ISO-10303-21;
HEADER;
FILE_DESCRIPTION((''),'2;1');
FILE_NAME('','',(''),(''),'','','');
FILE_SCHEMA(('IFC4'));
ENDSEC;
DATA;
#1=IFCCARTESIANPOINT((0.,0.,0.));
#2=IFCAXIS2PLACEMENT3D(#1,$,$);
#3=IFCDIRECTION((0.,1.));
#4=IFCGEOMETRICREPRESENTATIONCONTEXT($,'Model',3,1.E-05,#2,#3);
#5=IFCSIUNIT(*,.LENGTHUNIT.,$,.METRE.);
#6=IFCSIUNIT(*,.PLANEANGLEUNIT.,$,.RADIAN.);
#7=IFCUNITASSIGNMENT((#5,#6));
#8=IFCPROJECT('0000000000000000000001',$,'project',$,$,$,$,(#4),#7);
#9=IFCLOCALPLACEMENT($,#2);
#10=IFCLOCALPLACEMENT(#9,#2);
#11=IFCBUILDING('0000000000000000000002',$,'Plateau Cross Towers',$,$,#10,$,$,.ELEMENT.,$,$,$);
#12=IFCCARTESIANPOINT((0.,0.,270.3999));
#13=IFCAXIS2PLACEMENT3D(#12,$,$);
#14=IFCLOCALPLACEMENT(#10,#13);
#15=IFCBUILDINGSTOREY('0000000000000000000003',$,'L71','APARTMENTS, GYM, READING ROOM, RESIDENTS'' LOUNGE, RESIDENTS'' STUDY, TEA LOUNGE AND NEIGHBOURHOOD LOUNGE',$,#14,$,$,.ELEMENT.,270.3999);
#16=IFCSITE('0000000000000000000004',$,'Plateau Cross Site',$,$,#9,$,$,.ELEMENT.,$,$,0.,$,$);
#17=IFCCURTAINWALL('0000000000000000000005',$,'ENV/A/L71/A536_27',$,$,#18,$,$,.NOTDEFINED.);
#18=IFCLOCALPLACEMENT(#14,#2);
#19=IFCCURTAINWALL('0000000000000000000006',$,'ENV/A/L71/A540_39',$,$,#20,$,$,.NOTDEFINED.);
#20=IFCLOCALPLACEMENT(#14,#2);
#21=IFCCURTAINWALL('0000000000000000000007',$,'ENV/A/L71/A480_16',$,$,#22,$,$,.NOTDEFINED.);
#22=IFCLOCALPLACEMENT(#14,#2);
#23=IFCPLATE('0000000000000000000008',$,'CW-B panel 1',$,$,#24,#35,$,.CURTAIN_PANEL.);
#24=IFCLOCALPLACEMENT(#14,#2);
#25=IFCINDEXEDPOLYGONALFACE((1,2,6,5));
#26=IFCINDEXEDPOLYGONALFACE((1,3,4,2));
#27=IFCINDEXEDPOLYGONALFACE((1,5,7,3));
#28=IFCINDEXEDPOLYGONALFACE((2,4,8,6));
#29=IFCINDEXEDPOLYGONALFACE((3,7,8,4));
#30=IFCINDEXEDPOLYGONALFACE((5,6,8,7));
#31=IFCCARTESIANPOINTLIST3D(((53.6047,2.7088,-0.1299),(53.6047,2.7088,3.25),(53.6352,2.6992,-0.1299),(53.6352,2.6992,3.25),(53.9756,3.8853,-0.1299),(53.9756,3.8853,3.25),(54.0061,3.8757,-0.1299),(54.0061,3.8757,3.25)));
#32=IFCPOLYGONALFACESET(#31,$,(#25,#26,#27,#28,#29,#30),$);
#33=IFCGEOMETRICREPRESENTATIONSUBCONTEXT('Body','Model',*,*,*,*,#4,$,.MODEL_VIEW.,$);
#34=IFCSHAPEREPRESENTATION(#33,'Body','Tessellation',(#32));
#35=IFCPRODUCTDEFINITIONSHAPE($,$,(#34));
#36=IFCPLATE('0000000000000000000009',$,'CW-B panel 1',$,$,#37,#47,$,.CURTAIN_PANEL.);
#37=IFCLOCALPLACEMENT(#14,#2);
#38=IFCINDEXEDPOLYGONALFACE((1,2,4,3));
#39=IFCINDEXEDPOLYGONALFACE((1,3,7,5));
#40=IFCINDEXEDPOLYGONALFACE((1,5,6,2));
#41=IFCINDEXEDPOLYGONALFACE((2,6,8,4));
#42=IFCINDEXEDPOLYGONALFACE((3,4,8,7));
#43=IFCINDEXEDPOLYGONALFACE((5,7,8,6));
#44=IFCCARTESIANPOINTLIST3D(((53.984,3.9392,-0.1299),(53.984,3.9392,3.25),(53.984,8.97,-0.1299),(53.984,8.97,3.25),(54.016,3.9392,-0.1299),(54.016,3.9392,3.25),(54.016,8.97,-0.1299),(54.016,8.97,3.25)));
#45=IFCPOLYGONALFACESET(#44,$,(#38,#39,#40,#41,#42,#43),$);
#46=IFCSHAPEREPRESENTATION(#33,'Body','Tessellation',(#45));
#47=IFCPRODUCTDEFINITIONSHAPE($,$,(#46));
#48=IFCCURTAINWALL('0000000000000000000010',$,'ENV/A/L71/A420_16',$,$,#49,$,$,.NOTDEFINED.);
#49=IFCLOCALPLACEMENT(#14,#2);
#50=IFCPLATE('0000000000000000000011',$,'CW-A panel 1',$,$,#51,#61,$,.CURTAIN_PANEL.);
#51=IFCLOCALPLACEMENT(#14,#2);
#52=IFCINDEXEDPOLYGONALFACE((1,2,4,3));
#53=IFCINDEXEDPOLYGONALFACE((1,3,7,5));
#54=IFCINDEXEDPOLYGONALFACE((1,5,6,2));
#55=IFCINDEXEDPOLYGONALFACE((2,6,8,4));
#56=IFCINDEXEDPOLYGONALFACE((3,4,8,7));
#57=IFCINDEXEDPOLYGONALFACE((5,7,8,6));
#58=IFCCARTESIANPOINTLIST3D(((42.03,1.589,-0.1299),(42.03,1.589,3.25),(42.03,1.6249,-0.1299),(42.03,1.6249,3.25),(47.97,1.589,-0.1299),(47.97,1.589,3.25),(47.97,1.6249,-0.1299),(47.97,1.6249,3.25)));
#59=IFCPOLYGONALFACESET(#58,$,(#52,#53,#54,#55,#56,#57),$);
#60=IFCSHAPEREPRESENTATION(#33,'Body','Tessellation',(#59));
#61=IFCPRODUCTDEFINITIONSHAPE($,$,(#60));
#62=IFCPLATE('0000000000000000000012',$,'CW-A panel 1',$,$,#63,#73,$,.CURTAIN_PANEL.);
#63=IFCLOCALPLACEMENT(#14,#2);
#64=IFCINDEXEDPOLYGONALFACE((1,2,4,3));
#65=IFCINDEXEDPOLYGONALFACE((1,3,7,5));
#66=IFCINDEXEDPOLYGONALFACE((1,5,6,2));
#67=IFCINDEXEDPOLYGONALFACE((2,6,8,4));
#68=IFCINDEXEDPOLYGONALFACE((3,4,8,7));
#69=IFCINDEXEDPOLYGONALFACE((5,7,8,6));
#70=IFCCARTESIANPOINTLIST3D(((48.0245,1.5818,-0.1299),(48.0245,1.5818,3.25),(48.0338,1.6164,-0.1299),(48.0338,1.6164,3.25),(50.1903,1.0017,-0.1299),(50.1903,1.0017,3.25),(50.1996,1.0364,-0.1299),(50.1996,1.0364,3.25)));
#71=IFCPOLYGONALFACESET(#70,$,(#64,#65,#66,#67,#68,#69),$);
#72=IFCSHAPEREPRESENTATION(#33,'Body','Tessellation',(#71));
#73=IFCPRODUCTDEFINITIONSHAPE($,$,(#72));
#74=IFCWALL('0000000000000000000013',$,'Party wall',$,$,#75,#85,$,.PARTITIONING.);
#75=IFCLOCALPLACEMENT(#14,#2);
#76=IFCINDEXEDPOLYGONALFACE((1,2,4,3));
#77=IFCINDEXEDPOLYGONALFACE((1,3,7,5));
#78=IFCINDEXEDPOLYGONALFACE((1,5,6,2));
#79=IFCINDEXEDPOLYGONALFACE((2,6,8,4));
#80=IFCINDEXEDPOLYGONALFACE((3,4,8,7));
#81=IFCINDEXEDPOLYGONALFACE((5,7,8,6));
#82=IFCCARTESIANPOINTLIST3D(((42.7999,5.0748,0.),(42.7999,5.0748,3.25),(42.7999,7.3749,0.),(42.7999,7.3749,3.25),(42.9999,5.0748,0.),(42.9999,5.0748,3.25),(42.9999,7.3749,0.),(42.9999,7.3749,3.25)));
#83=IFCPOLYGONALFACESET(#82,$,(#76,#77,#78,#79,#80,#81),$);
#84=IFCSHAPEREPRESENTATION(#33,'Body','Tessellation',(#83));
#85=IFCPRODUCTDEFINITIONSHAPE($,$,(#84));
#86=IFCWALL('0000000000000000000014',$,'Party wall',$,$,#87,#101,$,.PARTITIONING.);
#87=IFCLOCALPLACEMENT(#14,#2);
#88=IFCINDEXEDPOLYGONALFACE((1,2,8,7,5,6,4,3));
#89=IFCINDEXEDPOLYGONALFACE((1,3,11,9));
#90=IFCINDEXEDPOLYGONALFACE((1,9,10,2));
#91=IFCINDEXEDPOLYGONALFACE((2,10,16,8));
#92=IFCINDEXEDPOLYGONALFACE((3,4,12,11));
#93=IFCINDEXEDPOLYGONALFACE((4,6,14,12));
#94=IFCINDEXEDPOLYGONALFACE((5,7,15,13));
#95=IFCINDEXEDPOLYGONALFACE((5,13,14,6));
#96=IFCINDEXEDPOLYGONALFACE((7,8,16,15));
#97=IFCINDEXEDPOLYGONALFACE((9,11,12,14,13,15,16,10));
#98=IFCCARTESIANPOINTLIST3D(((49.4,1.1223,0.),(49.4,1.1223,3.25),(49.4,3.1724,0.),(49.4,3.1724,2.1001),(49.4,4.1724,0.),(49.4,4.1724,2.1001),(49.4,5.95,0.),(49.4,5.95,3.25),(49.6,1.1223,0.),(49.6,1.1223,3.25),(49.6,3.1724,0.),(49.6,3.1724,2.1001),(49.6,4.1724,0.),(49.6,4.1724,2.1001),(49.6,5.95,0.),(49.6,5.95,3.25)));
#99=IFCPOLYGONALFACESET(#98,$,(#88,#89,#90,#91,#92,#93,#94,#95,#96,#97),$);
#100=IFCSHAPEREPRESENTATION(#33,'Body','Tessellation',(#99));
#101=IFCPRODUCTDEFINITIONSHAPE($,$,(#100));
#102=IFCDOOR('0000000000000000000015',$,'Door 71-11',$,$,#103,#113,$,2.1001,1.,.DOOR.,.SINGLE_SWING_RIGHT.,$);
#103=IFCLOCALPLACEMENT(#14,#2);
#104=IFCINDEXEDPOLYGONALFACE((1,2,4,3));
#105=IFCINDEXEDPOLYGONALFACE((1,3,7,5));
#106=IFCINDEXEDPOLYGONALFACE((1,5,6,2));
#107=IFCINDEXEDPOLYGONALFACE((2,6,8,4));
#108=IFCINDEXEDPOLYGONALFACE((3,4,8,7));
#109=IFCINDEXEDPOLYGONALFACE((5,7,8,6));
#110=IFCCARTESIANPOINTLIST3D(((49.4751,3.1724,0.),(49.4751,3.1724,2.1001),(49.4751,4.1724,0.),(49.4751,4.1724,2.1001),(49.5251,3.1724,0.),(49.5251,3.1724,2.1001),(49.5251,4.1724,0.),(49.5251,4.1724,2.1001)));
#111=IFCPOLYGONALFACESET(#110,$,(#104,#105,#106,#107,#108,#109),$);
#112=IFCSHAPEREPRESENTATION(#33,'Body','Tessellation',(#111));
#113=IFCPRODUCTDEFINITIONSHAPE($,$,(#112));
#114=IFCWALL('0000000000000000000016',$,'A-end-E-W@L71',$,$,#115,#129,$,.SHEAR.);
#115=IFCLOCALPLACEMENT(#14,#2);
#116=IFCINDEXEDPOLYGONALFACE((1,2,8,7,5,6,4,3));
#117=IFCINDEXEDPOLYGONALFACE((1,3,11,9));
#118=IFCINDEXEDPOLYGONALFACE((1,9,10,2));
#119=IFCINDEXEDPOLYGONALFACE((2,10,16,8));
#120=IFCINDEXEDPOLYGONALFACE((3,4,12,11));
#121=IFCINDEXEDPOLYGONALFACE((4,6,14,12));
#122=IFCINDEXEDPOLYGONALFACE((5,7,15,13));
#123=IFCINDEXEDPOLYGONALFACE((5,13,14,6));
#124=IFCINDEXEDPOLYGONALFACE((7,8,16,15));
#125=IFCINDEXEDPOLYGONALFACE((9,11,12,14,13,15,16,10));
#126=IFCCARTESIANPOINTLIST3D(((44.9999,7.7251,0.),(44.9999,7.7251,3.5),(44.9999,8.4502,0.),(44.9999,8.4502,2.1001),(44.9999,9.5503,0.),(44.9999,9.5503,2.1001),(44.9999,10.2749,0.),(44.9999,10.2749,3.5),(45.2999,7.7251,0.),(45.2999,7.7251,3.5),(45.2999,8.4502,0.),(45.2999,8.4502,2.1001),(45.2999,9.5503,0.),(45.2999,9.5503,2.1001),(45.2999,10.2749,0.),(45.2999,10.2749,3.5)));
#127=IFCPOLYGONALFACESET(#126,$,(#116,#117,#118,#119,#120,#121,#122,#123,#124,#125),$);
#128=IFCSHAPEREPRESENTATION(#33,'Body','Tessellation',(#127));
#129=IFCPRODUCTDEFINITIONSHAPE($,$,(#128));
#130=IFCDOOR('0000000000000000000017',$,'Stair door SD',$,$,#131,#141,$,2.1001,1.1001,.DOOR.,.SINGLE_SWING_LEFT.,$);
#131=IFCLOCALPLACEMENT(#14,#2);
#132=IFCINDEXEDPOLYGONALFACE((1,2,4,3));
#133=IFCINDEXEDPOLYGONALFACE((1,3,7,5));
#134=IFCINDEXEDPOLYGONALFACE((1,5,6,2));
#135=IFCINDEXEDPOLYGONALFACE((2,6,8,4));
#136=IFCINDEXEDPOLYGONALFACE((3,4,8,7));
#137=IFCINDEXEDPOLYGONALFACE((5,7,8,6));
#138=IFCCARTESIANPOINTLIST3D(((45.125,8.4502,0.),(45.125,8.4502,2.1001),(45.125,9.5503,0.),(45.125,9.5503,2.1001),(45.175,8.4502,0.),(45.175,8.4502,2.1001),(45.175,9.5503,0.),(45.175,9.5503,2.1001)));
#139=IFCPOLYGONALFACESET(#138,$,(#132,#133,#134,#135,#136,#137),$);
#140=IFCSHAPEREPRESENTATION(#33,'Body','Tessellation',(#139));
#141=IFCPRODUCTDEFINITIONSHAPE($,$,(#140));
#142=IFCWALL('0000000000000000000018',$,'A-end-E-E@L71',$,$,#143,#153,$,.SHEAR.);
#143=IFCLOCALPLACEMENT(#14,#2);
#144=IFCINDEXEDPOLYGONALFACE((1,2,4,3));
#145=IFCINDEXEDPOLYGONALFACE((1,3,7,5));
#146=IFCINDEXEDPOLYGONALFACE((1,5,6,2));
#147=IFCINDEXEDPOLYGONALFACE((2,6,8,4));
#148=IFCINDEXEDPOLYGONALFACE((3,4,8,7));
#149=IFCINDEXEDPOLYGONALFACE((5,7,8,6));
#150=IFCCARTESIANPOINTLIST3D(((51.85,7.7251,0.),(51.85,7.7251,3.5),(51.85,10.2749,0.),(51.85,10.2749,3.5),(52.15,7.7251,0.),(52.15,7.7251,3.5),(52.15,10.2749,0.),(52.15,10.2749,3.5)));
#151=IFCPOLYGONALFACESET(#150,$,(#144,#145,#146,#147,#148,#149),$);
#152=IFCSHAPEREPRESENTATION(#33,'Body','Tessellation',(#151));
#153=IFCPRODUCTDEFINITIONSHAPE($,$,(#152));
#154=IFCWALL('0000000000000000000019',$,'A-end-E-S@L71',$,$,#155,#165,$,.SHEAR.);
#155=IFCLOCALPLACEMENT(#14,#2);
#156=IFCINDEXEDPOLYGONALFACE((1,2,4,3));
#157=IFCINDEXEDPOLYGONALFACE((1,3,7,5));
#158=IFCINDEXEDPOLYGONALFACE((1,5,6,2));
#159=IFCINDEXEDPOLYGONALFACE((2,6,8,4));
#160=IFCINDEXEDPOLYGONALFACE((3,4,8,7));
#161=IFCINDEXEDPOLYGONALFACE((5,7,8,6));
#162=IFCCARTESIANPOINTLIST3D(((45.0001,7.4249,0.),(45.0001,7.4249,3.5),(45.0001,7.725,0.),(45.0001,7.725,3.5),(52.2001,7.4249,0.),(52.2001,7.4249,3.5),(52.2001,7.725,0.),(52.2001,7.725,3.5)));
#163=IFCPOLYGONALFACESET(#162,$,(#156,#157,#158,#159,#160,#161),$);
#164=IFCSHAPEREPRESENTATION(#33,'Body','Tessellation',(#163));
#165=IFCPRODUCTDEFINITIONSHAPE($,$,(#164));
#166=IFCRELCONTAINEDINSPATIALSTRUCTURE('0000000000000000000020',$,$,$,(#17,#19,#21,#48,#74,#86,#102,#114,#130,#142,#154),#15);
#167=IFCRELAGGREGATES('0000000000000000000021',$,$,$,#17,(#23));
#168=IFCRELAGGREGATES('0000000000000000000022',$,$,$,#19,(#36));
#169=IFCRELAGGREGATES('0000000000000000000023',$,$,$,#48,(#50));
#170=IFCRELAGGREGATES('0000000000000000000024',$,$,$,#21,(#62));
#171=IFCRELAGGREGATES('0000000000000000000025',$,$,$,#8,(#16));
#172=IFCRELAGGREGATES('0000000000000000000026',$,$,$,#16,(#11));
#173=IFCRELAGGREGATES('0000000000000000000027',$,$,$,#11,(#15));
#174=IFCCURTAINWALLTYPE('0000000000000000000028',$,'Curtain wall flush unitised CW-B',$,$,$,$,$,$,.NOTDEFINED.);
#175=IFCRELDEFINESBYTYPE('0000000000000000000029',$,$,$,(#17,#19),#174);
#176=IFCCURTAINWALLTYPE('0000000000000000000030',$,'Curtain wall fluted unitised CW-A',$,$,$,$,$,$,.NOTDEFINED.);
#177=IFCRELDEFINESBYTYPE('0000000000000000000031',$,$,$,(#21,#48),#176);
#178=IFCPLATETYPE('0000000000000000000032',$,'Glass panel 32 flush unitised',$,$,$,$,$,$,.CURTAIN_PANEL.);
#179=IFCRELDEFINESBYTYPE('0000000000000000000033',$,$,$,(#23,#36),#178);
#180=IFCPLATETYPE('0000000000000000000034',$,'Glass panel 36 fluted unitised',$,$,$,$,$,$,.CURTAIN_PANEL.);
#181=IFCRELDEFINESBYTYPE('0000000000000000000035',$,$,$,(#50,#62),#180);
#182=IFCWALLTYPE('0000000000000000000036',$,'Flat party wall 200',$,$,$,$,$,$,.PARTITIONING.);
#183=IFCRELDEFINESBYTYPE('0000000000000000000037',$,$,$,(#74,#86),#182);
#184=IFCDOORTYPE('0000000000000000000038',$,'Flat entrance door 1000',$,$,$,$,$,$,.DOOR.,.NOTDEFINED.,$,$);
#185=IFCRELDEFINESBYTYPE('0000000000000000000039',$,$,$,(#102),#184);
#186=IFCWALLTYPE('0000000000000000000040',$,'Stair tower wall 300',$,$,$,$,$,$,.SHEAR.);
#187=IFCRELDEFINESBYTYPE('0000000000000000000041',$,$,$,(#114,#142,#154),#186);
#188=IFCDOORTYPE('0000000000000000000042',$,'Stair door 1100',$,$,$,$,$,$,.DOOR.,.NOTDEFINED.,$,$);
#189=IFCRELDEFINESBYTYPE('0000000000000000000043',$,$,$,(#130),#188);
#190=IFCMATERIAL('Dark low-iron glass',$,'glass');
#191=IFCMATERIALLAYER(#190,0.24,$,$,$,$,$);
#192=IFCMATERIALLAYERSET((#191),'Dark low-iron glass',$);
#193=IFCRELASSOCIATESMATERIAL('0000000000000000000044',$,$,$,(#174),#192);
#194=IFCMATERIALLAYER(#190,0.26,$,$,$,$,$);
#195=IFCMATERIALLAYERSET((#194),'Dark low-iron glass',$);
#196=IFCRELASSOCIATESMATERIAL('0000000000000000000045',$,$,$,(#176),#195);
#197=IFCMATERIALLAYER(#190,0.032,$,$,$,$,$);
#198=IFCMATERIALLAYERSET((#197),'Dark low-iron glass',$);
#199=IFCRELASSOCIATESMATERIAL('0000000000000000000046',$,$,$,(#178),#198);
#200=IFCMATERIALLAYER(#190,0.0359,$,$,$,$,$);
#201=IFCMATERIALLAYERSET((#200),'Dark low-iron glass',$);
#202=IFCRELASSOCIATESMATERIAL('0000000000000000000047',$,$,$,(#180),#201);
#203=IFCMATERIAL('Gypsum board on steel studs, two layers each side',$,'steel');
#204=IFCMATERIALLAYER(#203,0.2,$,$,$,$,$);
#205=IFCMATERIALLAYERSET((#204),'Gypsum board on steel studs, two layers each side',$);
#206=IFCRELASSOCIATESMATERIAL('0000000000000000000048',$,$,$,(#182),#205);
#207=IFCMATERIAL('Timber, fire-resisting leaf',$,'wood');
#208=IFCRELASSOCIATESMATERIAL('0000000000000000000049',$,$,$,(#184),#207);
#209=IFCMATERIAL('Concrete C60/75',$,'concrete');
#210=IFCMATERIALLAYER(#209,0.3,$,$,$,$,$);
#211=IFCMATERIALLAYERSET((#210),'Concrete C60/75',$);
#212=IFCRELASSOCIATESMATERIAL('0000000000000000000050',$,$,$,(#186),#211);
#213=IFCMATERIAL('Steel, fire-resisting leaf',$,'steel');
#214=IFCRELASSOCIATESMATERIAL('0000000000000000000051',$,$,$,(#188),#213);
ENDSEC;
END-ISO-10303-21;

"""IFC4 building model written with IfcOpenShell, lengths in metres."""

from ifc_helpers import new_model, si_unit, direction, frame, frame_2d, origin, origin_2d, place, context, subcontext, project, spatial, rectangle, extrude, material, layer, layer_set, type_object, element, fill, aggregate, save


model = new_model("IFC4")

# Units and contexts
model_context = context("Model", 3, precision=1e-05, world=origin(), true_north=direction((0.0, 1.0)))
body_context = subcontext(model_context, "Body", "Model", "MODEL_VIEW")
ifc_project = project(units=[si_unit("LENGTHUNIT", "METRE"), si_unit("PLANEANGLEUNIT", "RADIAN")], contexts=[model_context])

# Site, building, storey
site_placement = place(None, origin())
site = spatial("IfcSite", under=ifc_project, at=site_placement, Name="Plateau Cross Site", CompositionType="ELEMENT", RefElevation=0.0)
building_placement = place(site_placement, origin())
building = spatial("IfcBuilding", under=site, at=building_placement, Name="Plateau Cross Towers", CompositionType="ELEMENT")
storey_placement = place(building_placement, frame((0.0, 0.0, 270.3999)))
storey = spatial("IfcBuildingStorey", under=building, at=storey_placement, Name="L71", Description="APARTMENTS, GYM, READING ROOM, RESIDENTS' LOUNGE, RESIDENTS' STUDY, TEA LOUNGE AND NEIGHBOURHOOD LOUNGE", CompositionType="ELEMENT", Elevation=270.3999)

# Shared definitions
ifc_material_1 = material(Name="Concrete C60/75", Category="concrete")

# Shared definitions
ifc_material_2 = material(Name="Dark low-iron glass", Category="glass")
ifc_layer_1 = layer(ifc_material_2, 0.24)
ifc_layer_set_1 = layer_set([ifc_layer_1], Name="Dark low-iron glass")
curtain_wall_type_1 = type_object("IfcCurtainWallType", Name="Curtain wall flush unitised CW-B", PredefinedType="NOTDEFINED", material=ifc_layer_set_1)

# Curtain walls
curtain_wall_1_placement = place(storey_placement, origin())
curtain_wall_1 = element("IfcCurtainWall", 1, at=curtain_wall_1_placement, inside=storey, type_object=curtain_wall_type_1, Name="ENV/A/L71/A536_27", PredefinedType="NOTDEFINED")
curtain_wall_2_placement = place(storey_placement, origin())
curtain_wall_2 = element("IfcCurtainWall", 2, at=curtain_wall_2_placement, inside=storey, type_object=curtain_wall_type_1, Name="ENV/A/L71/A540_39", PredefinedType="NOTDEFINED")
ifc_layer_2 = layer(ifc_material_2, 0.26)
ifc_layer_set_2 = layer_set([ifc_layer_2], Name="Dark low-iron glass")
curtain_wall_type_2 = type_object("IfcCurtainWallType", Name="Curtain wall fluted unitised CW-A", PredefinedType="NOTDEFINED", material=ifc_layer_set_2)
curtain_wall_3_placement = place(storey_placement, origin())
curtain_wall_3 = element("IfcCurtainWall", 3, at=curtain_wall_3_placement, inside=storey, type_object=curtain_wall_type_2, Name="ENV/A/L71/A480_16", PredefinedType="NOTDEFINED")

# Plates
ifc_layer_3 = layer(ifc_material_2, 0.032)
ifc_layer_set_3 = layer_set([ifc_layer_3], Name="Dark low-iron glass")
plate_type_1 = type_object("IfcPlateType", Name="Glass panel 32 flush unitised", PredefinedType="CURTAIN_PANEL", material=ifc_layer_set_3)
plate_1_placement = place(storey_placement, frame((53.8054, 3.2922, -0.1299), z_axis=(0.0, 0.0, 1.0), x_axis=(0.300686, 0.953723, 0.0)))
plate_1 = element("IfcPlate", 4, at=plate_1_placement, type_object=plate_type_1, Name="CW-B panel 1", PredefinedType="CURTAIN_PANEL", context=body_context, shape_type="SweptSolid", body=[
    extrude(rectangle(XDim=1.2336, YDim=0.032, at=origin_2d()), origin(), (0.0, 0.0, 1.0), 3.3799),
])
aggregate(curtain_wall_1, [plate_1])
plate_2_placement = place(storey_placement, frame((54.0, 6.4546, -0.1299), z_axis=(0.0, 0.0, 1.0), x_axis=(0.0, 1.0, 0.0)))
plate_2 = element("IfcPlate", 5, at=plate_2_placement, type_object=plate_type_1, Name="CW-B panel 1", PredefinedType="CURTAIN_PANEL", context=body_context, shape_type="SweptSolid", body=[
    extrude(rectangle(XDim=5.0308, YDim=0.032, at=origin_2d()), origin(), (0.0, 0.0, 1.0), 3.3799),
])
aggregate(curtain_wall_2, [plate_2])

# Curtain wall, plate
curtain_wall_4_placement = place(storey_placement, origin())
curtain_wall_4 = element("IfcCurtainWall", 6, at=curtain_wall_4_placement, inside=storey, type_object=curtain_wall_type_2, Name="ENV/A/L71/A420_16", PredefinedType="NOTDEFINED")
ifc_layer_4 = layer(ifc_material_2, 0.0359)
ifc_layer_set_4 = layer_set([ifc_layer_4], Name="Dark low-iron glass")
plate_type_2 = type_object("IfcPlateType", Name="Glass panel 36 fluted unitised", PredefinedType="CURTAIN_PANEL", material=ifc_layer_set_4)
plate_3_placement = place(storey_placement, frame((45.0, 1.6069, -0.1299), z_axis=(0.0, 0.0, 1.0), x_axis=(1.0, 0.0, 0.0)))
plate_3 = element("IfcPlate", 7, at=plate_3_placement, type_object=plate_type_2, Name="CW-A panel 1", PredefinedType="CURTAIN_PANEL", context=body_context, shape_type="SweptSolid", body=[
    extrude(rectangle(XDim=5.9399, YDim=0.0359, at=origin_2d()), origin(), (0.0, 0.0, 1.0), 3.3799),
])
aggregate(curtain_wall_4, [plate_3])

# Plate
plate_4_placement = place(storey_placement, frame((49.1121, 1.3091, -0.1299), z_axis=(0.0, 0.0, 1.0), x_axis=(0.965958, -0.258699, 0.0)))
plate_4 = element("IfcPlate", 8, at=plate_4_placement, type_object=plate_type_2, Name="CW-A panel 1", PredefinedType="CURTAIN_PANEL", context=body_context, shape_type="SweptSolid", body=[
    extrude(rectangle(XDim=2.2422, YDim=0.0359, at=origin_2d()), origin(), (0.0, 0.0, 1.0), 3.3799),
])
aggregate(curtain_wall_3, [plate_4])

# Wall
ifc_material_3 = material(Name="Gypsum board on steel studs, two layers each side", Category="steel")
ifc_layer_5 = layer(ifc_material_3, 0.2)
ifc_layer_set_5 = layer_set([ifc_layer_5], Name="Gypsum board on steel studs, two layers each side")
wall_type_1 = type_object("IfcWallType", Name="Flat party wall 200", PredefinedType="PARTITIONING", material=ifc_layer_set_5)
wall_1_placement = place(storey_placement, frame((42.8999, 5.075, 0.0), z_axis=(0.0, 0.0, 1.0), x_axis=(0.0, 1.0, 0.0)))
element("IfcWall", 9, at=wall_1_placement, inside=storey, type_object=wall_type_1, Name="Party wall", PredefinedType="PARTITIONING", context=body_context, shape_type="SweptSolid", body=[
    extrude(rectangle(XDim=2.3, YDim=0.2, at=frame_2d((1.1499, 0.0))), origin(), (0.0, 0.0, 1.0), 3.25),
])

# Walls, openings, doors
wall_2_placement = place(storey_placement, frame((49.5, 1.1223, 0.0), z_axis=(0.0, 0.0, 1.0), x_axis=(0.0, 1.0, 0.0)))
wall_2 = element("IfcWall", 10, at=wall_2_placement, inside=storey, type_object=wall_type_1, Name="Party wall", PredefinedType="PARTITIONING", context=body_context, shape_type="SweptSolid", body=[
    extrude(rectangle(XDim=4.8276, YDim=0.2, at=frame_2d((2.4138, 0.0))), origin(), (0.0, 0.0, 1.0), 3.25),
])
opening_1_placement = place(wall_2_placement, frame((2.05, 0.0, 0.0)))
opening_1 = element("IfcOpeningElement", 11, at=opening_1_placement, cuts=wall_2, PredefinedType="OPENING", context=body_context, shape_type="SweptSolid", body=[
    extrude(rectangle(XDim=1.0, YDim=2.1001, at=frame_2d((0.5, 1.05))), frame((0.0, 0.1099, 0.0), z_axis=(0.0, -1.0, 0.0), x_axis=(1.0, 0.0, 0.0)), (0.0, 0.0, 1.0), 0.22),
])
ifc_material_4 = material(Name="Timber, fire-resisting leaf", Category="wood")
door_type_1 = type_object("IfcDoorType", Name="Flat entrance door 1000", OperationType="NOTDEFINED", PredefinedType="DOOR", material=ifc_material_4)
door_1_placement = place(opening_1_placement, origin())
door_1 = element("IfcDoor", 12, at=door_1_placement, inside=storey, type_object=door_type_1, Name="Door 71-11", OperationType="SINGLE_SWING_RIGHT", OverallHeight=2.1001, OverallWidth=1.0, PredefinedType="DOOR", context=body_context, shape_type="SweptSolid", body=[
    extrude(rectangle(XDim=1.0, YDim=2.1001, at=frame_2d((0.5, 1.05))), frame((0.0, 0.0249, 0.0), z_axis=(0.0, -1.0, 0.0), x_axis=(1.0, 0.0, 0.0)), (0.0, 0.0, 1.0), 0.05),
])
fill(opening_1, door_1)
ifc_layer_6 = layer(ifc_material_1, 0.3)
ifc_layer_set_6 = layer_set([ifc_layer_6], Name="Concrete C60/75")
wall_type_2 = type_object("IfcWallType", Name="Stair tower wall 300", PredefinedType="SHEAR", material=ifc_layer_set_6)
wall_3_placement = place(storey_placement, frame((45.1499, 7.7251, 0.0), z_axis=(0.0, 0.0, 1.0), x_axis=(0.0, 1.0, 0.0)))
wall_3 = element("IfcWall", 13, at=wall_3_placement, inside=storey, type_object=wall_type_2, Name="A-end-E-W@L71", PredefinedType="SHEAR", context=body_context, shape_type="SweptSolid", body=[
    extrude(rectangle(XDim=2.5498, YDim=0.3, at=frame_2d((1.2749, 0.0))), origin(), (0.0, 0.0, 1.0), 3.5),
])
opening_2_placement = place(wall_3_placement, frame((0.7251, 0.0, 0.0)))
opening_2 = element("IfcOpeningElement", 14, at=opening_2_placement, cuts=wall_3, PredefinedType="OPENING", context=body_context, shape_type="SweptSolid", body=[
    extrude(rectangle(XDim=1.1001, YDim=2.1001, at=frame_2d((0.55, 1.05))), frame((0.0, 0.1599, 0.0), z_axis=(0.0, -1.0, 0.0), x_axis=(1.0, 0.0, 0.0)), (0.0, 0.0, 1.0), 0.3201),
])
ifc_material_5 = material(Name="Steel, fire-resisting leaf", Category="steel")
door_type_2 = type_object("IfcDoorType", Name="Stair door 1100", OperationType="NOTDEFINED", PredefinedType="DOOR", material=ifc_material_5)
door_2_placement = place(opening_2_placement, origin())
door_2 = element("IfcDoor", 15, at=door_2_placement, inside=storey, type_object=door_type_2, Name="Stair door SD", OperationType="SINGLE_SWING_LEFT", OverallHeight=2.1001, OverallWidth=1.1001, PredefinedType="DOOR", context=body_context, shape_type="SweptSolid", body=[
    extrude(rectangle(XDim=1.1001, YDim=2.1001, at=frame_2d((0.55, 1.05))), frame((0.0, 0.0249, 0.0), z_axis=(0.0, -1.0, 0.0), x_axis=(1.0, 0.0, 0.0)), (0.0, 0.0, 1.0), 0.05),
])
fill(opening_2, door_2)

# Walls
wall_4_placement = place(storey_placement, frame((52.0, 7.7251, 0.0), z_axis=(0.0, 0.0, 1.0), x_axis=(0.0, 1.0, 0.0)))
element("IfcWall", 16, at=wall_4_placement, inside=storey, type_object=wall_type_2, Name="A-end-E-E@L71", PredefinedType="SHEAR", context=body_context, shape_type="SweptSolid", body=[
    extrude(rectangle(XDim=2.5498, YDim=0.3, at=frame_2d((1.2749, 0.0))), origin(), (0.0, 0.0, 1.0), 3.5),
])
wall_5_placement = place(storey_placement, frame((45.0, 7.575, 0.0), z_axis=(0.0, 0.0, 1.0), x_axis=(1.0, 0.0, 0.0)))
element("IfcWall", 17, at=wall_5_placement, inside=storey, type_object=wall_type_2, Name="A-end-E-S@L71", PredefinedType="SHEAR", context=body_context, shape_type="SweptSolid", body=[
    extrude(rectangle(XDim=7.2, YDim=0.3, at=frame_2d((3.6001, 0.0))), origin(), (0.0, 0.0, 1.0), 3.5),
])

save(model, "model.ifc")
